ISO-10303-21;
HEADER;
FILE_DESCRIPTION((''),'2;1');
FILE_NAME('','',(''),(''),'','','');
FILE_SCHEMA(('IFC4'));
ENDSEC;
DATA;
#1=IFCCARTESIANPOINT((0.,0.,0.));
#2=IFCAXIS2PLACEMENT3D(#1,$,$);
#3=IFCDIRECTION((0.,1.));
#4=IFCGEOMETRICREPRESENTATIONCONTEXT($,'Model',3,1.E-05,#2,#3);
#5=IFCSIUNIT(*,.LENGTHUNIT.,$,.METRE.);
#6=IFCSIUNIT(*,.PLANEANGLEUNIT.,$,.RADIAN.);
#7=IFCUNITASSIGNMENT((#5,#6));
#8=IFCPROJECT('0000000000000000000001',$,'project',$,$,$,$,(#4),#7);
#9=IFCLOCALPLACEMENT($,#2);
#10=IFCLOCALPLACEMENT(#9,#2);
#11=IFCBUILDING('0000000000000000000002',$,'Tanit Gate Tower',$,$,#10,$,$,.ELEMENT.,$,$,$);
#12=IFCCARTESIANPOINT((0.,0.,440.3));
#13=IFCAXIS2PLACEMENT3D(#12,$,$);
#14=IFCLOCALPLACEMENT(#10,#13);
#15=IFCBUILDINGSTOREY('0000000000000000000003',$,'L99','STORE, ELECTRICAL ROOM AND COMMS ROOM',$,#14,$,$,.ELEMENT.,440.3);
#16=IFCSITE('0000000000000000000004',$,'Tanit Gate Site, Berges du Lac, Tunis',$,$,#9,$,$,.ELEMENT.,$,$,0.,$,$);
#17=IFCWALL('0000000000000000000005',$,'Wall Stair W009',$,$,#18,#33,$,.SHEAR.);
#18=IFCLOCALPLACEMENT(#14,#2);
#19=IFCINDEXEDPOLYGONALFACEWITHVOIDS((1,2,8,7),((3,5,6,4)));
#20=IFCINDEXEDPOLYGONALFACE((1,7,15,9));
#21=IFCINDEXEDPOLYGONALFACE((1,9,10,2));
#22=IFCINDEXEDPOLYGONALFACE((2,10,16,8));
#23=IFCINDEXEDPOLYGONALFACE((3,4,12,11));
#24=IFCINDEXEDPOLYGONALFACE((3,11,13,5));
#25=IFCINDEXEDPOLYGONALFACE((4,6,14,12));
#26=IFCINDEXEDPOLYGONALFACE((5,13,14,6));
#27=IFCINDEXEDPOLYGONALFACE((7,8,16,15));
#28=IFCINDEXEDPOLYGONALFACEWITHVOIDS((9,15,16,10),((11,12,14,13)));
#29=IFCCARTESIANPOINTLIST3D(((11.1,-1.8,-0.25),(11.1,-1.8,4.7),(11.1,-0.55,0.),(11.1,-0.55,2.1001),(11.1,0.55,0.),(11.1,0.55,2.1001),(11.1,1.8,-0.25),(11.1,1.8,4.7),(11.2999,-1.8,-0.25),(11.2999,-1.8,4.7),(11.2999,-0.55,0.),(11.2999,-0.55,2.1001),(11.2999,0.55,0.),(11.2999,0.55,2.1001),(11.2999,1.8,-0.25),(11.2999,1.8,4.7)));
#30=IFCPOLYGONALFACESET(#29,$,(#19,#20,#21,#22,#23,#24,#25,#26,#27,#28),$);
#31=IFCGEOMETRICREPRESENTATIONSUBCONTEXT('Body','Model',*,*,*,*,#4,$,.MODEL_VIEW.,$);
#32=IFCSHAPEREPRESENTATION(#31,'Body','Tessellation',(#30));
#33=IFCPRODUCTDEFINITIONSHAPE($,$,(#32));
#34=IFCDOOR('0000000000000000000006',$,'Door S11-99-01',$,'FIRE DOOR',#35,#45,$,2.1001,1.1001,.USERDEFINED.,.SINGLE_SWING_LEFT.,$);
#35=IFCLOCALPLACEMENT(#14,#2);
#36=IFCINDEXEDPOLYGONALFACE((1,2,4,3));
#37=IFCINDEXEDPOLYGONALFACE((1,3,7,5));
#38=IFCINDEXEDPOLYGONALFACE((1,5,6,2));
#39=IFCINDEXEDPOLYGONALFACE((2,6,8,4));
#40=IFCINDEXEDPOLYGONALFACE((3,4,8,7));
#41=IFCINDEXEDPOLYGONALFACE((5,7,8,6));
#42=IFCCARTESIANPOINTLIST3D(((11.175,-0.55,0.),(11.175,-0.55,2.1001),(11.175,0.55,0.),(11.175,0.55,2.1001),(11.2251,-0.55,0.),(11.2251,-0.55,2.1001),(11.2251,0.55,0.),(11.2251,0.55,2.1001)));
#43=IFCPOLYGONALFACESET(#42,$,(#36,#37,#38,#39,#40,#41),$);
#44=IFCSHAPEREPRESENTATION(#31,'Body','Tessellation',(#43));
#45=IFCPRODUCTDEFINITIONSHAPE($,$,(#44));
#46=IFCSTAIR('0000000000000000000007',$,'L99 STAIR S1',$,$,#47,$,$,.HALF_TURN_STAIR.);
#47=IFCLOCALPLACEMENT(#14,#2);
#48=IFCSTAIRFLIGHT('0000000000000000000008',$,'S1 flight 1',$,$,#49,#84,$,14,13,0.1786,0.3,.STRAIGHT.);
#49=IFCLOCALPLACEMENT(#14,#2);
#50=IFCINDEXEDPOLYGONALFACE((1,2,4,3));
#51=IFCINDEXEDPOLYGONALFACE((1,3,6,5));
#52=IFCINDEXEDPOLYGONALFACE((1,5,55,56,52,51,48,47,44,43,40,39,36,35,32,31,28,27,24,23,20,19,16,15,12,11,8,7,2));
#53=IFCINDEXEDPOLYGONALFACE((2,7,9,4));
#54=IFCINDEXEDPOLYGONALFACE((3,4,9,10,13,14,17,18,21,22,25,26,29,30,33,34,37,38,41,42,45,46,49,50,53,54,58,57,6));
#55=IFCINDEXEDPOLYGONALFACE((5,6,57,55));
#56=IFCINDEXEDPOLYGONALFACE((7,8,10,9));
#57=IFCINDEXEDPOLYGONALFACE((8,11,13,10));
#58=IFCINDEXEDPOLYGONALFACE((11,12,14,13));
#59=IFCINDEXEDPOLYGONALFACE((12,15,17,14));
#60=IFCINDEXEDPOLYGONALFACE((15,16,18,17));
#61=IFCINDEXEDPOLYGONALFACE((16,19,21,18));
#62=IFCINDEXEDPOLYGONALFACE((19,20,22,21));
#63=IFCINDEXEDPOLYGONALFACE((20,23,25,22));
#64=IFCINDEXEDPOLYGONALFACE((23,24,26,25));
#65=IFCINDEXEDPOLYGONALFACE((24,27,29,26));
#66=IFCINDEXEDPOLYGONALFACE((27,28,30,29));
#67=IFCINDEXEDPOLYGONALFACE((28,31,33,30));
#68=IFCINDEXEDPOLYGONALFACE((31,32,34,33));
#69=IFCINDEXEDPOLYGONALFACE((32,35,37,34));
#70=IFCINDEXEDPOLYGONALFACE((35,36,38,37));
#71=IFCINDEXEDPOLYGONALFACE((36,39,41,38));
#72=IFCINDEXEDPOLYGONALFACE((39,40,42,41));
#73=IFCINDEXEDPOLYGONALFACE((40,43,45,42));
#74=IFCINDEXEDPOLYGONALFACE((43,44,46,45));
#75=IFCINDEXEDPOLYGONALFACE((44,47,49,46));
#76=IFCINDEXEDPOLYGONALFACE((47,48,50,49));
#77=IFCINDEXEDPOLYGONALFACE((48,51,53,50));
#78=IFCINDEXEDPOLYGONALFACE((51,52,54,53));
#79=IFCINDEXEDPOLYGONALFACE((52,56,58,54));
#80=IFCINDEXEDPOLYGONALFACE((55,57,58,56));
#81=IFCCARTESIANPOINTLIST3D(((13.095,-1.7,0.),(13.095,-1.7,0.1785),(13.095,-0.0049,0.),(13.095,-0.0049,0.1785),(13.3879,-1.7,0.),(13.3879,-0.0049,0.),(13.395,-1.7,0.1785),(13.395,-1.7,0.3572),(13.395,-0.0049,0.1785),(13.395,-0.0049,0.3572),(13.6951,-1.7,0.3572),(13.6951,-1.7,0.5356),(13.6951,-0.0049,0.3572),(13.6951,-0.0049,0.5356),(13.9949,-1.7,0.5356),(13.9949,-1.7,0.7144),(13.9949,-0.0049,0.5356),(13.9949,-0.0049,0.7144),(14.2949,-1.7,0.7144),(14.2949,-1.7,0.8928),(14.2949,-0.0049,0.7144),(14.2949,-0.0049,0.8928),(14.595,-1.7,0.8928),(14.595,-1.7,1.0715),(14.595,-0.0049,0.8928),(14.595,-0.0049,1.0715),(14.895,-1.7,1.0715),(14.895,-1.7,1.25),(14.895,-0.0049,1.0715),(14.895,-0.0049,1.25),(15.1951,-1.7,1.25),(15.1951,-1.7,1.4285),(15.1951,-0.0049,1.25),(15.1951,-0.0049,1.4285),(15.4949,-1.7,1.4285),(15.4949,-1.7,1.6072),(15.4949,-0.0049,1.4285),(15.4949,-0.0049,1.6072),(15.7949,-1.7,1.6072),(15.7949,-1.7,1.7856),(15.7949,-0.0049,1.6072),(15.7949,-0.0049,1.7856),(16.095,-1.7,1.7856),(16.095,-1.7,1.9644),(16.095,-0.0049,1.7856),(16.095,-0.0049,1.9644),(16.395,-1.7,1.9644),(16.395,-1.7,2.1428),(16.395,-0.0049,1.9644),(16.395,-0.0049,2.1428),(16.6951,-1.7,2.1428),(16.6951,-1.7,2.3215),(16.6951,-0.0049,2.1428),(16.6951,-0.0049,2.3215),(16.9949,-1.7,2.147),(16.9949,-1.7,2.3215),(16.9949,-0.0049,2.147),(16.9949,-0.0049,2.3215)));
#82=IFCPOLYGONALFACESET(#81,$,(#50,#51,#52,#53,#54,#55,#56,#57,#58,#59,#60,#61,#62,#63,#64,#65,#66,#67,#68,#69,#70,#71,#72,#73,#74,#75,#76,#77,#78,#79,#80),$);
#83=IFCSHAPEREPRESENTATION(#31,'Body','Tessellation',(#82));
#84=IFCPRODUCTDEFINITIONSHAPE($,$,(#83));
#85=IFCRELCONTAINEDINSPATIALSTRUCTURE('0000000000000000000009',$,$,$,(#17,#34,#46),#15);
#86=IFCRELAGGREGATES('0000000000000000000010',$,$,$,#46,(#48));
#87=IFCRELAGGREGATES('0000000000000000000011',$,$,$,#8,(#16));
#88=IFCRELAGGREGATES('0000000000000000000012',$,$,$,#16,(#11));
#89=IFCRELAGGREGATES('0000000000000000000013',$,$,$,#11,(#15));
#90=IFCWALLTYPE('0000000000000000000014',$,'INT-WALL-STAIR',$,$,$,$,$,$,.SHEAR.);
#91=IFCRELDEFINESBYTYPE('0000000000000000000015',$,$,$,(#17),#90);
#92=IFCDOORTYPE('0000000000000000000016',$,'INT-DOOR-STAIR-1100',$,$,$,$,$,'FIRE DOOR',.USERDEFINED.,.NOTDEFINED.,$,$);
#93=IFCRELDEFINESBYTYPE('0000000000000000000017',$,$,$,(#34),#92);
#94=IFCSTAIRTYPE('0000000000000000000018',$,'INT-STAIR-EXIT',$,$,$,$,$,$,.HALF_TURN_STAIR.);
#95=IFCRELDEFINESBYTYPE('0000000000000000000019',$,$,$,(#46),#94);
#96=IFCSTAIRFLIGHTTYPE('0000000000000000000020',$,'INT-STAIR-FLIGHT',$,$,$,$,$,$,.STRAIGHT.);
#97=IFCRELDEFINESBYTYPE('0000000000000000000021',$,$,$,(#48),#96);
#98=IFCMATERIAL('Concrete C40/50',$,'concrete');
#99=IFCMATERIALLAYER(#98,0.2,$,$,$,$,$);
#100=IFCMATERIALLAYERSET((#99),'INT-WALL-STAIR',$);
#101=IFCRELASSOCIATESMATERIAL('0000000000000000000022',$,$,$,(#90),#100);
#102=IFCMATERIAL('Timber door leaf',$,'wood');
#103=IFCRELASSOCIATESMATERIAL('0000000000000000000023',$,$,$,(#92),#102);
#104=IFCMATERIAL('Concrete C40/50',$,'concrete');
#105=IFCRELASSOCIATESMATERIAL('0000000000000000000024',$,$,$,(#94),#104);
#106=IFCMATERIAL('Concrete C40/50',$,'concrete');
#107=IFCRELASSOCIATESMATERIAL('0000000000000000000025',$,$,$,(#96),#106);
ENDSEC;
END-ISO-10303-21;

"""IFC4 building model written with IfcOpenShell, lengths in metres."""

from ifc_helpers import new_model, si_unit, direction, frame, frame_2d, origin, place, context, subcontext, project, spatial, polyline, rectangle, outline, extrude, material, layer, layer_set, type_object, element, fill, aggregate, save


model = new_model("IFC4")

# Units and contexts
model_context = context("Model", 3, precision=1e-05, world=origin(), true_north=direction((0.0, 1.0)))
body_context = subcontext(model_context, "Body", "Model", "MODEL_VIEW")
ifc_project = project(units=[si_unit("LENGTHUNIT", "METRE"), si_unit("PLANEANGLEUNIT", "RADIAN")], contexts=[model_context])

# Site, building, storey
site_placement = place(None, origin())
site = spatial("IfcSite", under=ifc_project, at=site_placement, Name="Tanit Gate Site, Berges du Lac, Tunis", CompositionType="ELEMENT", RefElevation=0.0)
building_placement = place(site_placement, origin())
building = spatial("IfcBuilding", under=site, at=building_placement, Name="Tanit Gate Tower", CompositionType="ELEMENT")
storey_placement = place(building_placement, frame((0.0, 0.0, 440.3)))
storey = spatial("IfcBuildingStorey", under=building, at=storey_placement, Name="L99", Description="STORE, ELECTRICAL ROOM AND COMMS ROOM", CompositionType="ELEMENT", Elevation=440.3)

# Shared definitions
ifc_material_1 = material(Name="Concrete C40/50", Category="concrete")
ifc_layer_1 = layer(ifc_material_1, 0.2)
ifc_layer_set_1 = layer_set([ifc_layer_1], Name="INT-WALL-STAIR")
wall_type_1 = type_object("IfcWallType", Name="INT-WALL-STAIR", PredefinedType="SHEAR", material=ifc_layer_set_1)

# Wall, opening, door
wall_1_placement = place(storey_placement, frame((11.2, -1.8, -0.25), z_axis=(0.0, 0.0, 1.0), x_axis=(0.0, 1.0, 0.0)))
wall_1 = element("IfcWall", 1, at=wall_1_placement, inside=storey, type_object=wall_type_1, Name="Wall Stair W009", PredefinedType="SHEAR", context=body_context, shape_type="SweptSolid", body=[
    extrude(rectangle(XDim=3.6001, YDim=0.2, at=frame_2d((1.8, 0.0))), origin(), (0.0, 0.0, 1.0), 4.95),
])
opening_1_placement = place(wall_1_placement, frame((1.25, 0.0, 0.25)))
opening_1 = element("IfcOpeningElement", 2, at=opening_1_placement, cuts=wall_1, PredefinedType="OPENING", context=body_context, shape_type="SweptSolid", body=[
    extrude(rectangle(XDim=1.1001, YDim=2.1001, at=frame_2d((0.55, 1.05))), frame((0.0, 0.1099, 0.0), z_axis=(0.0, -1.0, 0.0), x_axis=(1.0, 0.0, 0.0)), (0.0, 0.0, 1.0), 0.22),
])
ifc_material_2 = material(Name="Timber door leaf", Category="wood")
door_type_1 = type_object("IfcDoorType", Name="INT-DOOR-STAIR-1100", ElementType="FIRE DOOR", OperationType="NOTDEFINED", PredefinedType="USERDEFINED", material=ifc_material_2)
door_1_placement = place(opening_1_placement, origin())
door_1 = element("IfcDoor", 3, at=door_1_placement, inside=storey, type_object=door_type_1, Name="Door S11-99-01", ObjectType="FIRE DOOR", OperationType="SINGLE_SWING_LEFT", OverallHeight=2.1001, OverallWidth=1.1001, PredefinedType="USERDEFINED", context=body_context, shape_type="SweptSolid", body=[
    extrude(rectangle(XDim=1.1001, YDim=2.1001, at=frame_2d((0.55, 1.05))), frame((0.0, 0.0249, 0.0), z_axis=(0.0, -1.0, 0.0), x_axis=(1.0, 0.0, 0.0)), (0.0, 0.0, 1.0), 0.05),
])
fill(opening_1, door_1)

# Stair, stair flight
ifc_material_3 = material(Name="Concrete C40/50", Category="concrete")
stair_type = type_object("IfcStairType", Name="INT-STAIR-EXIT", PredefinedType="HALF_TURN_STAIR", material=ifc_material_3)
stair_placement = place(storey_placement, origin())
stair = element("IfcStair", 4, at=stair_placement, inside=storey, type_object=stair_type, Name="L99 STAIR S1", PredefinedType="HALF_TURN_STAIR")
ifc_material_4 = material(Name="Concrete C40/50", Category="concrete")
stair_flight_type = type_object("IfcStairFlightType", Name="INT-STAIR-FLIGHT", PredefinedType="STRAIGHT", material=ifc_material_4)
stair_flight_placement = place(storey_placement, frame((13.095, -0.8525, 0.0), z_axis=(0.0, 0.0, 1.0), x_axis=(1.0, 0.0, 0.0)))
stair_flight = element("IfcStairFlight", 5, at=stair_flight_placement, type_object=stair_flight_type, Name="S1 flight 1", NumberOfRisers=14, NumberOfTreads=13, PredefinedType="STRAIGHT", RiserHeight=0.1786, TreadLength=0.3, context=body_context, shape_type="SweptSolid", body=[
    extrude(outline(polyline([(0.0, 0.0), (0.0, 0.1785), (0.3, 0.1785), (0.3, 0.3572), (0.6001, 0.3572), (0.6001, 0.5356), (0.8999, 0.5356), (0.8999, 0.7144), (1.2, 0.7144), (1.2, 0.8928), (1.5, 0.8928), (1.5, 1.0715), (1.8, 1.0715), (1.8, 1.25), (2.1001, 1.25), (2.1001, 1.4285), (2.3999, 1.4285), (2.3999, 1.6072), (2.7, 1.6072), (2.7, 1.7856), (3.0, 1.7856), (3.0, 1.9644), (3.3, 1.9644), (3.3, 2.1428), (3.6001, 2.1428), (3.6001, 2.3215), (3.8999, 2.3215), (3.8999, 2.5), (3.8999, 2.147), (0.293, 0.0), (0.0, 0.0)])), frame((0.0, 0.8477, 0.0), z_axis=(0.0, -1.0, 0.0), x_axis=(1.0, 0.0, 0.0)), (0.0, 0.0, 1.0), 1.6951),
])
aggregate(stair, [stair_flight])

save(model, "model.ifc")
